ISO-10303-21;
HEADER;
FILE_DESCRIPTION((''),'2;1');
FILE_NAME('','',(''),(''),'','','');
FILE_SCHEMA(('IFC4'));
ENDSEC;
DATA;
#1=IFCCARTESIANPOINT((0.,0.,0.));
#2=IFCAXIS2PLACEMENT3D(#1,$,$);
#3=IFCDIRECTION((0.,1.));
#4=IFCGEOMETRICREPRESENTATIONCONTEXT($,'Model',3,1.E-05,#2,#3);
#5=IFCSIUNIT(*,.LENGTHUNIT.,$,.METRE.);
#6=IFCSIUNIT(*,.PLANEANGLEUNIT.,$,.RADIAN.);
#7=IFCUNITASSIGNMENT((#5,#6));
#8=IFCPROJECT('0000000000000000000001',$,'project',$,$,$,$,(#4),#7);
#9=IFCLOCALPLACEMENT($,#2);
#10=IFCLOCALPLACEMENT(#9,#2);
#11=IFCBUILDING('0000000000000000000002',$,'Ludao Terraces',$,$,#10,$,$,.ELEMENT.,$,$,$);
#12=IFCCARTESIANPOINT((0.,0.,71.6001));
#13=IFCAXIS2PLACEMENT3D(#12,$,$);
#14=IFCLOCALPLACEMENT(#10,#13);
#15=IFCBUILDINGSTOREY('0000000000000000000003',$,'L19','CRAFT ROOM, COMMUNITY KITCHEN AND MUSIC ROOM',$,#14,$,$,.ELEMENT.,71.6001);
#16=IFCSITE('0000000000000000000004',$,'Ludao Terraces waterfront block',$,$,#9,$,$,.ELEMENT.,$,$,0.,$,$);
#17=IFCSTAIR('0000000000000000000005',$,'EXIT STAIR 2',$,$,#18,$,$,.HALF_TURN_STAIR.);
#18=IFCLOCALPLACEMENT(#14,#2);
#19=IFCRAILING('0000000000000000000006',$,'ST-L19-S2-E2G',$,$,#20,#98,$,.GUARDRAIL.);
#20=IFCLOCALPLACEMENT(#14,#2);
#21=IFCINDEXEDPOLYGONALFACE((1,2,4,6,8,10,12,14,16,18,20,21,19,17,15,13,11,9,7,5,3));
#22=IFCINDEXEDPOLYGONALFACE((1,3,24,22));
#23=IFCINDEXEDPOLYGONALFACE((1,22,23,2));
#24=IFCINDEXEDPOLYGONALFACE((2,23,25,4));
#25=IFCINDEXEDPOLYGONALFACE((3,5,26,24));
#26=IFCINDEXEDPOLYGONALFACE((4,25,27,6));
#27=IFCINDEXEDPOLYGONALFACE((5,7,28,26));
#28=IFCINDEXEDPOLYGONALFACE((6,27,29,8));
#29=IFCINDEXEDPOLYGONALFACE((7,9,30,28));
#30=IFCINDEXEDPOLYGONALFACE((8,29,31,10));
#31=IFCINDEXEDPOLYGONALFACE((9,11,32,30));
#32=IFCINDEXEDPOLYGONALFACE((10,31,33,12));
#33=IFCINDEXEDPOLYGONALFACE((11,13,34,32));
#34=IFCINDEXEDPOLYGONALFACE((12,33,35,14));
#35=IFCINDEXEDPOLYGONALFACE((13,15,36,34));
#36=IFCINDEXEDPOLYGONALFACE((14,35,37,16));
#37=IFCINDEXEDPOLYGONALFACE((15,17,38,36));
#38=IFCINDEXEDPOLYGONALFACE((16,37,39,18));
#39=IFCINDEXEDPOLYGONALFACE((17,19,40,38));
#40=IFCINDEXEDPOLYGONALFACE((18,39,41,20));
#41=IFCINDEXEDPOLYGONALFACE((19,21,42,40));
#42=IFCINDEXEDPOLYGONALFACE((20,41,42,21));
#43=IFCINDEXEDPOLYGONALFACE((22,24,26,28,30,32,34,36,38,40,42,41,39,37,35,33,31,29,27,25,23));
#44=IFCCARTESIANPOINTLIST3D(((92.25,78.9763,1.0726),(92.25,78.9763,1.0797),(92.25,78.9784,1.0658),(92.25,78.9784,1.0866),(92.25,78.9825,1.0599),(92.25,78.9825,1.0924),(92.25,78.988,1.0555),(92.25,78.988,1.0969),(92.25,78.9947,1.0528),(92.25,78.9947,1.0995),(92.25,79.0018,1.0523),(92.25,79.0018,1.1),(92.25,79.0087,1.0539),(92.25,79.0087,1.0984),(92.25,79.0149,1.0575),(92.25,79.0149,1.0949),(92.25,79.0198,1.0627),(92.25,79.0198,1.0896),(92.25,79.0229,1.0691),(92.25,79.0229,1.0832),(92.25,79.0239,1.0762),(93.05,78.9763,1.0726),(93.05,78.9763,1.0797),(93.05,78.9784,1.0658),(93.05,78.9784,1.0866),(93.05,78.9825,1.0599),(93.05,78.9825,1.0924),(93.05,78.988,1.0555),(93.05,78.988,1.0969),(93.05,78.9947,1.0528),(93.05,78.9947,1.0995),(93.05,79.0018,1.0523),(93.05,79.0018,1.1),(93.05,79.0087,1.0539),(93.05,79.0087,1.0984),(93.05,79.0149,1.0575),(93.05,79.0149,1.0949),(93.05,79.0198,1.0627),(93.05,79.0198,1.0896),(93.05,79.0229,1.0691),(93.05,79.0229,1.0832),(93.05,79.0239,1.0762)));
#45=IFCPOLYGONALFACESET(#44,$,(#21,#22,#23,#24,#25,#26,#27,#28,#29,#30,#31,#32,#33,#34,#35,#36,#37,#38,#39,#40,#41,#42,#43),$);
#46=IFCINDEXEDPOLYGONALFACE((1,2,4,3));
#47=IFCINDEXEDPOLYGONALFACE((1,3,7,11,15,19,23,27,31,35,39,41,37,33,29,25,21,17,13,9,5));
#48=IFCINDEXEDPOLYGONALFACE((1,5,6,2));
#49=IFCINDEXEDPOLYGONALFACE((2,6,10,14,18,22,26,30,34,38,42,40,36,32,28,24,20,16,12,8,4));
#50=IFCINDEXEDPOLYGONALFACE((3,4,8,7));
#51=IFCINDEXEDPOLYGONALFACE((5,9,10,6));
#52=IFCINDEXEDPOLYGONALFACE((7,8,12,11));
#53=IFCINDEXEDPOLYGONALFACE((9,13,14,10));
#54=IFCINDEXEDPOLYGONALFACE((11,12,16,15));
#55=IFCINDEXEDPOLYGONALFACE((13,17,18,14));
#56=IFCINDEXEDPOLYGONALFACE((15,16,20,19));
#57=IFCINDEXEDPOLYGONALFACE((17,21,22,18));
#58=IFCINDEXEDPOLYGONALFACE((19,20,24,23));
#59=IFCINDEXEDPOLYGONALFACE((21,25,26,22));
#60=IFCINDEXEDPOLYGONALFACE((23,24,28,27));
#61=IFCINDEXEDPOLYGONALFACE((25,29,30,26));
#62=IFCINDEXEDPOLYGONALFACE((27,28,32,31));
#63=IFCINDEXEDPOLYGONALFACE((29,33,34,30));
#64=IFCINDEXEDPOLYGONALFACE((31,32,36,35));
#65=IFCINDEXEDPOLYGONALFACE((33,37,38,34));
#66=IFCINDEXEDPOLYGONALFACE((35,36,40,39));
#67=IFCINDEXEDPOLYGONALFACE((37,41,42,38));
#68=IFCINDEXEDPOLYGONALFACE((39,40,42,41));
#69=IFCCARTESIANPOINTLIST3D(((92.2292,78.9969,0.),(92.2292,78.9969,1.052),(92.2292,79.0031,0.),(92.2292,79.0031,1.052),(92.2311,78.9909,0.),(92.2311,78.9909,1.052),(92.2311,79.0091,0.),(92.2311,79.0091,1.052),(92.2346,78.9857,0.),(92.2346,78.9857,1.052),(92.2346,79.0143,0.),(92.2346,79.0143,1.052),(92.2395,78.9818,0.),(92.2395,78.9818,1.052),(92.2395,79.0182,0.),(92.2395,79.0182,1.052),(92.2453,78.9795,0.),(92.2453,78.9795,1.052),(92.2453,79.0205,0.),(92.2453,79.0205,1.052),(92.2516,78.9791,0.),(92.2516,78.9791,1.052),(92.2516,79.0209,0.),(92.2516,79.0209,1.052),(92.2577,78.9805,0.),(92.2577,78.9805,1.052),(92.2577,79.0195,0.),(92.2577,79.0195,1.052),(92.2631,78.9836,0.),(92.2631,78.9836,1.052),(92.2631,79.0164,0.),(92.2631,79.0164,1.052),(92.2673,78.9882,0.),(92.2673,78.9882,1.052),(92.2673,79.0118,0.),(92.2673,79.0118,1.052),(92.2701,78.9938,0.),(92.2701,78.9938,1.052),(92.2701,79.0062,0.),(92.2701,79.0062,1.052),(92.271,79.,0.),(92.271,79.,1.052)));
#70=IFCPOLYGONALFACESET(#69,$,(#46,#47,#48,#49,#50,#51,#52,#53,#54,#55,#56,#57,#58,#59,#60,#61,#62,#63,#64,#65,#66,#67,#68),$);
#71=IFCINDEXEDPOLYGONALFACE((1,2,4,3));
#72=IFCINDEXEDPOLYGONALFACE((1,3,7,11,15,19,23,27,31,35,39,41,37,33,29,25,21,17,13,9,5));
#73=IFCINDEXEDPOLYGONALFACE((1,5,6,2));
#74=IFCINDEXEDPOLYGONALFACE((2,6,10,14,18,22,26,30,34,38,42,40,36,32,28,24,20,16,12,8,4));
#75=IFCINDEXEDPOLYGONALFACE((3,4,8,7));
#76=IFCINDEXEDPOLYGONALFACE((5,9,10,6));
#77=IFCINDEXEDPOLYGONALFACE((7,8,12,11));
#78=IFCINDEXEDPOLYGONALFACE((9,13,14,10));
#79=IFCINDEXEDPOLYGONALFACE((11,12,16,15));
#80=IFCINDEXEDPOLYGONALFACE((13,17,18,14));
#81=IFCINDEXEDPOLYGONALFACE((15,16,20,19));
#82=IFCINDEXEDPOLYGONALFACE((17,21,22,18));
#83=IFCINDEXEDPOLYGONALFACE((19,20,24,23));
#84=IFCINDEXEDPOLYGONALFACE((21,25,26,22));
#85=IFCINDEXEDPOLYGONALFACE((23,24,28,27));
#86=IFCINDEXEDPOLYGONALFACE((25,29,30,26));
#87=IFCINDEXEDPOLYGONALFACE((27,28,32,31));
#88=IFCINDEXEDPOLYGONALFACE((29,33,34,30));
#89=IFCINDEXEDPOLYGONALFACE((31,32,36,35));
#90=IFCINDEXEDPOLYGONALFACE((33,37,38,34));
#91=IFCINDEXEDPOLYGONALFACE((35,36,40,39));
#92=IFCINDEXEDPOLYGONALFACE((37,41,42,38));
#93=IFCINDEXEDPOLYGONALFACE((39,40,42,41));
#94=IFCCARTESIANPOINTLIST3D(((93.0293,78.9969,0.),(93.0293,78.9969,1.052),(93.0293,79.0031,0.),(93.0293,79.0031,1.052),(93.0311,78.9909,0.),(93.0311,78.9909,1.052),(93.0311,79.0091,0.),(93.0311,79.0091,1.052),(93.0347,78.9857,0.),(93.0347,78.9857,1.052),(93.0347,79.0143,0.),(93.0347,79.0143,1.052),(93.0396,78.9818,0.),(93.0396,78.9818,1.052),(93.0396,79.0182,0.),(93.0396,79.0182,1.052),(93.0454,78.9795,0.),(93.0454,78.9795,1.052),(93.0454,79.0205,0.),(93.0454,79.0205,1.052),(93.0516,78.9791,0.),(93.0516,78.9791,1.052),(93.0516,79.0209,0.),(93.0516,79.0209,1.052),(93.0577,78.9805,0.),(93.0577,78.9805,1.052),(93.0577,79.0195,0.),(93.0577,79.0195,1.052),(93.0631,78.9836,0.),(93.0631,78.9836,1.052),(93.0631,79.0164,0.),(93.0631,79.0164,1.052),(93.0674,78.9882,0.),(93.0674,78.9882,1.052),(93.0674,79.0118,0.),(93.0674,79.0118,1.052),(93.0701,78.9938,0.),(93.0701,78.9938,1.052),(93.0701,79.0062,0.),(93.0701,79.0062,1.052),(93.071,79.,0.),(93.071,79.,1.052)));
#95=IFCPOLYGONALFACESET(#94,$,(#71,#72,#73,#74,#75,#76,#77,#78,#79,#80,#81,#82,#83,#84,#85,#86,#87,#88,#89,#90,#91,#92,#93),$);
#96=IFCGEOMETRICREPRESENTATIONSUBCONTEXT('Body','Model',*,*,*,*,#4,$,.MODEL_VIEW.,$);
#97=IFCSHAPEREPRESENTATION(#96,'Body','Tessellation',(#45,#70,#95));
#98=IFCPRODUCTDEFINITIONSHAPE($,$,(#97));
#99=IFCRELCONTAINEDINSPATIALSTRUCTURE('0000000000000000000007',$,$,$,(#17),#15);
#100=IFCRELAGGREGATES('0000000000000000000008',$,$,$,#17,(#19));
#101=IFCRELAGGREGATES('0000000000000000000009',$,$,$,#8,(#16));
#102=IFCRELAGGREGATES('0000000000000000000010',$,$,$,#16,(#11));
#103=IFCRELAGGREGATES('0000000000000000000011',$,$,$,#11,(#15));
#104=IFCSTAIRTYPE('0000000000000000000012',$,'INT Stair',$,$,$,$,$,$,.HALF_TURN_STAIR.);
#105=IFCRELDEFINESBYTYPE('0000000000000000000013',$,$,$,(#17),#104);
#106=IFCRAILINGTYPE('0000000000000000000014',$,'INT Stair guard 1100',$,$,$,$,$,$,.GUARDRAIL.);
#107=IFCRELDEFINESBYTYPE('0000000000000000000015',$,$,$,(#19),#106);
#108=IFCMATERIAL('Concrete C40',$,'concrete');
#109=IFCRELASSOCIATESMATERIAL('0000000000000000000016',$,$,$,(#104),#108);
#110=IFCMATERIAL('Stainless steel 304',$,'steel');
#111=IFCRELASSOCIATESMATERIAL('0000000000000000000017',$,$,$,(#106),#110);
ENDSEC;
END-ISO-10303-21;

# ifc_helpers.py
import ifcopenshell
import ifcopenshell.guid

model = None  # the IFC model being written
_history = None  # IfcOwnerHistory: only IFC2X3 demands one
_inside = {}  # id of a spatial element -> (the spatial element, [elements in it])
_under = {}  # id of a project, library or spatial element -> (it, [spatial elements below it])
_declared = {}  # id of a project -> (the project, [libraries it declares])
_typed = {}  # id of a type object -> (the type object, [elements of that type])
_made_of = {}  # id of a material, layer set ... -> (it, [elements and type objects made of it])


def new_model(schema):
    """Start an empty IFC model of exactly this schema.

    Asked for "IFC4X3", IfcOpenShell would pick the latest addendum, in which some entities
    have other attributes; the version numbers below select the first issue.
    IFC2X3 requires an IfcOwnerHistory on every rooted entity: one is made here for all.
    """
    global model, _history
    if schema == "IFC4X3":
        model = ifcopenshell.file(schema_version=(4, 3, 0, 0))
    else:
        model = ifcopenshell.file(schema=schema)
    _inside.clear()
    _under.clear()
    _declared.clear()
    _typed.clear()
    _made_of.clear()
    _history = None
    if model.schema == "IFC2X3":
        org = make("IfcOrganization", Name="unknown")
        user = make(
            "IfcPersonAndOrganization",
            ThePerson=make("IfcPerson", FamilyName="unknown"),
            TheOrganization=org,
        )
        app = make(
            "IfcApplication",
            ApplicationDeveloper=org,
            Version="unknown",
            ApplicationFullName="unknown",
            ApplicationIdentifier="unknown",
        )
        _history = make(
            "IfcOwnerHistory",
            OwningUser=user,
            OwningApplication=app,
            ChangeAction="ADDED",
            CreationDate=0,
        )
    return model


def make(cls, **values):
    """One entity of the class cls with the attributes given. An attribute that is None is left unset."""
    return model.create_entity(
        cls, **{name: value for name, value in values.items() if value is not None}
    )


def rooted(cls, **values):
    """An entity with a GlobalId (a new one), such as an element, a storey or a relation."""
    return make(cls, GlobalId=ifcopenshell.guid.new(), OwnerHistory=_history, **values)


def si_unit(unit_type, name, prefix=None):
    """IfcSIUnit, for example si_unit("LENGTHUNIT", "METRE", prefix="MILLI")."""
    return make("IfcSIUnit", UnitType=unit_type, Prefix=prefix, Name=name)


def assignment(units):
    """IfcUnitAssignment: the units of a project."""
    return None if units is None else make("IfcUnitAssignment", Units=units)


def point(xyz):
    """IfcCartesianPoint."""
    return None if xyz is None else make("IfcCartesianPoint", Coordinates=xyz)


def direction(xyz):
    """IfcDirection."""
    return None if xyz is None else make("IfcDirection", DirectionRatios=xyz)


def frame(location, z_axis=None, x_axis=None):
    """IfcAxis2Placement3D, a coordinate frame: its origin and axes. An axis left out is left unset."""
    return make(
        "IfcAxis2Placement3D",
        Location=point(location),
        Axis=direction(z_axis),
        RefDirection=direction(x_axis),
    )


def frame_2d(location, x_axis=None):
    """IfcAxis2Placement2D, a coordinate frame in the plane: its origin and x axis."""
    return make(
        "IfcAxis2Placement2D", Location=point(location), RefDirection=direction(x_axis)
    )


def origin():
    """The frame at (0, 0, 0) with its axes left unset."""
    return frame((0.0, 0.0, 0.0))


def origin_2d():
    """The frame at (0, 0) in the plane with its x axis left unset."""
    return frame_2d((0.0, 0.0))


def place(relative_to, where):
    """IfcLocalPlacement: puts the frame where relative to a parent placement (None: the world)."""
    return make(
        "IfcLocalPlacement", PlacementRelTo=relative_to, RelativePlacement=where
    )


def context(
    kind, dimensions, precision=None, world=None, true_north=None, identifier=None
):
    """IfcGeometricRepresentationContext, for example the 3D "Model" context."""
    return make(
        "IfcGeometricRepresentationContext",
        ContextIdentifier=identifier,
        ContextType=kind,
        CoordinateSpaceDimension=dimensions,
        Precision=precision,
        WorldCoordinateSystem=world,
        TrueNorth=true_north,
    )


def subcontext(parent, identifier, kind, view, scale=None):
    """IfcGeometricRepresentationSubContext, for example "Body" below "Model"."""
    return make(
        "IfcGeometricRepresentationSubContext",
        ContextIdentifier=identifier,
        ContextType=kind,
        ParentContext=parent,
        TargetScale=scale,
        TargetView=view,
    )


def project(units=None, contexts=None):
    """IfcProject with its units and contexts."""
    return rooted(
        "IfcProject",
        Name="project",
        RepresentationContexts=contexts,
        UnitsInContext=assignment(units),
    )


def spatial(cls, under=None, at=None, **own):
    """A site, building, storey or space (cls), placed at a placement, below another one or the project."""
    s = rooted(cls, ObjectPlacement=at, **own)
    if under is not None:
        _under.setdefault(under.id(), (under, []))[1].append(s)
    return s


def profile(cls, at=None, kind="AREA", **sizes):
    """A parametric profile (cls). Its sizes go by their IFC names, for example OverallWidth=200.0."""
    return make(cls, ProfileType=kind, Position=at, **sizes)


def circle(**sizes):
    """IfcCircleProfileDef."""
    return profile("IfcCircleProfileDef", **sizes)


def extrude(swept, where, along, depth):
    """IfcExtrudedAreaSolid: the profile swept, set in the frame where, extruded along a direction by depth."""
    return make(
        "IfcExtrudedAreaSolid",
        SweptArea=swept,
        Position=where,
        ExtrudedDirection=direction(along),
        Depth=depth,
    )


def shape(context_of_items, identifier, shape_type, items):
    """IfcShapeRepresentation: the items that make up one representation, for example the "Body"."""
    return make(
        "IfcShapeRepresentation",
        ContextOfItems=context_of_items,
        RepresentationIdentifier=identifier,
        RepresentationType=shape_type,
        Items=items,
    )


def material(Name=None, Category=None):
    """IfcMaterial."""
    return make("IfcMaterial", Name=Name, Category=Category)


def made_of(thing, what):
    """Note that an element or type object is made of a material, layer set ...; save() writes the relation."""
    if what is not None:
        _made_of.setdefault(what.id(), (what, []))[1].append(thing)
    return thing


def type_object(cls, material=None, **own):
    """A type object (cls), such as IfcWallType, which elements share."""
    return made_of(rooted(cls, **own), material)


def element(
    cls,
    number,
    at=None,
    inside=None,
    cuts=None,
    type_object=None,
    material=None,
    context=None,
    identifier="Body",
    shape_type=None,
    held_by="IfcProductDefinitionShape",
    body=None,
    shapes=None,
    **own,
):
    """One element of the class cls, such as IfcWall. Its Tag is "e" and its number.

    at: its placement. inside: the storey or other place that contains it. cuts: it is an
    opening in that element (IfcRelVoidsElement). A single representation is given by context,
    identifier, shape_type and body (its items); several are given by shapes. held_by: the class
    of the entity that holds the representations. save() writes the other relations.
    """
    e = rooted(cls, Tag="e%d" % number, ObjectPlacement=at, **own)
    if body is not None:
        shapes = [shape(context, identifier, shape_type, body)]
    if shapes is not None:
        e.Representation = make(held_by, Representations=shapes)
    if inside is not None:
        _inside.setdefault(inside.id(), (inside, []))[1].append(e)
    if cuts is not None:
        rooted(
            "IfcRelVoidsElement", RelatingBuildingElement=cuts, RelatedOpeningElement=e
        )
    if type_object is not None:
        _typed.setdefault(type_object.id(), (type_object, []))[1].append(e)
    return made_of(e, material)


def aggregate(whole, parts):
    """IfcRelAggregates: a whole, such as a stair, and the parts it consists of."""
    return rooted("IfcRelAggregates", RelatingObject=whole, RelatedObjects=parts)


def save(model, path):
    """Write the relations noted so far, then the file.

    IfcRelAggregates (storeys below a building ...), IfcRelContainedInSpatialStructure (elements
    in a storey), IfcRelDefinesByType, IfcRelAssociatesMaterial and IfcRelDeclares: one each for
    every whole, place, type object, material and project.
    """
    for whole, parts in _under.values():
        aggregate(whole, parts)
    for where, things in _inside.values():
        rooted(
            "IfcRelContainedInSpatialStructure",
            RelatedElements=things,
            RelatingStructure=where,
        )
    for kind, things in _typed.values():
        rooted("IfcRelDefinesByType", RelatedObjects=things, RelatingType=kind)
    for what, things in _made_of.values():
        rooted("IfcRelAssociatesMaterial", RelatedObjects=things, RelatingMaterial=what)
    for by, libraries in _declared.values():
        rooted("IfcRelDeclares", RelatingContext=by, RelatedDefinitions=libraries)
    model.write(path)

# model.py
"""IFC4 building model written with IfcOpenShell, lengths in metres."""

from ifc_helpers import new_model, si_unit, direction, frame, origin, origin_2d, place, context, subcontext, project, spatial, circle, extrude, material, type_object, element, aggregate, save


model = new_model("IFC4")

# Units and contexts
model_context = context("Model", 3, precision=1e-05, world=origin(), true_north=direction((0.0, 1.0)))
body_context = subcontext(model_context, "Body", "Model", "MODEL_VIEW")
ifc_project = project(units=[si_unit("LENGTHUNIT", "METRE"), si_unit("PLANEANGLEUNIT", "RADIAN")], contexts=[model_context])

# Site, building, storey
site_placement = place(None, origin())
site = spatial("IfcSite", under=ifc_project, at=site_placement, Name="Ludao Terraces waterfront block", CompositionType="ELEMENT", RefElevation=0.0)
building_placement = place(site_placement, origin())
building = spatial("IfcBuilding", under=site, at=building_placement, Name="Ludao Terraces", CompositionType="ELEMENT")
storey_placement = place(building_placement, frame((0.0, 0.0, 71.6001)))
storey = spatial("IfcBuildingStorey", under=building, at=storey_placement, Name="L19", Description="CRAFT ROOM, COMMUNITY KITCHEN AND MUSIC ROOM", CompositionType="ELEMENT", Elevation=71.6001)

# Shared definitions
ifc_material_1 = material(Name="Concrete C40", Category="concrete")

# Stair, railing
stair_type = type_object("IfcStairType", Name="INT Stair", PredefinedType="HALF_TURN_STAIR", material=ifc_material_1)
stair_placement = place(storey_placement, origin())
stair = element("IfcStair", 1, at=stair_placement, inside=storey, type_object=stair_type, Name="EXIT STAIR 2", PredefinedType="HALF_TURN_STAIR")
ifc_material_2 = material(Name="Stainless steel 304", Category="steel")
railing_type_1 = type_object("IfcRailingType", Name="INT Stair guard 1100", PredefinedType="GUARDRAIL", material=ifc_material_2)
railing_1_placement = place(storey_placement, frame((92.25, 79.0, 0.0)))
railing_1 = element("IfcRailing", 2, at=railing_1_placement, type_object=railing_type_1, Name="ST-L19-S2-E2G", PredefinedType="GUARDRAIL", context=body_context, shape_type="SweptSolid", body=[
    extrude(circle(Radius=0.0239, at=origin_2d()), frame((0.0, 0.0, 1.0762), z_axis=(1.0, 0.0, 0.0), x_axis=(0.0, 1.0, 0.0)), (0.0, 0.0, 1.0), 0.8),
    extrude(circle(Radius=0.021, at=origin_2d()), origin(), (0.0, 0.0, 1.0), 1.052),
    extrude(circle(Radius=0.021, at=origin_2d()), frame((0.8, 0.0, 0.0)), (0.0, 0.0, 1.0), 1.052),
])
aggregate(stair, [railing_1])

save(model, "model.ifc")
